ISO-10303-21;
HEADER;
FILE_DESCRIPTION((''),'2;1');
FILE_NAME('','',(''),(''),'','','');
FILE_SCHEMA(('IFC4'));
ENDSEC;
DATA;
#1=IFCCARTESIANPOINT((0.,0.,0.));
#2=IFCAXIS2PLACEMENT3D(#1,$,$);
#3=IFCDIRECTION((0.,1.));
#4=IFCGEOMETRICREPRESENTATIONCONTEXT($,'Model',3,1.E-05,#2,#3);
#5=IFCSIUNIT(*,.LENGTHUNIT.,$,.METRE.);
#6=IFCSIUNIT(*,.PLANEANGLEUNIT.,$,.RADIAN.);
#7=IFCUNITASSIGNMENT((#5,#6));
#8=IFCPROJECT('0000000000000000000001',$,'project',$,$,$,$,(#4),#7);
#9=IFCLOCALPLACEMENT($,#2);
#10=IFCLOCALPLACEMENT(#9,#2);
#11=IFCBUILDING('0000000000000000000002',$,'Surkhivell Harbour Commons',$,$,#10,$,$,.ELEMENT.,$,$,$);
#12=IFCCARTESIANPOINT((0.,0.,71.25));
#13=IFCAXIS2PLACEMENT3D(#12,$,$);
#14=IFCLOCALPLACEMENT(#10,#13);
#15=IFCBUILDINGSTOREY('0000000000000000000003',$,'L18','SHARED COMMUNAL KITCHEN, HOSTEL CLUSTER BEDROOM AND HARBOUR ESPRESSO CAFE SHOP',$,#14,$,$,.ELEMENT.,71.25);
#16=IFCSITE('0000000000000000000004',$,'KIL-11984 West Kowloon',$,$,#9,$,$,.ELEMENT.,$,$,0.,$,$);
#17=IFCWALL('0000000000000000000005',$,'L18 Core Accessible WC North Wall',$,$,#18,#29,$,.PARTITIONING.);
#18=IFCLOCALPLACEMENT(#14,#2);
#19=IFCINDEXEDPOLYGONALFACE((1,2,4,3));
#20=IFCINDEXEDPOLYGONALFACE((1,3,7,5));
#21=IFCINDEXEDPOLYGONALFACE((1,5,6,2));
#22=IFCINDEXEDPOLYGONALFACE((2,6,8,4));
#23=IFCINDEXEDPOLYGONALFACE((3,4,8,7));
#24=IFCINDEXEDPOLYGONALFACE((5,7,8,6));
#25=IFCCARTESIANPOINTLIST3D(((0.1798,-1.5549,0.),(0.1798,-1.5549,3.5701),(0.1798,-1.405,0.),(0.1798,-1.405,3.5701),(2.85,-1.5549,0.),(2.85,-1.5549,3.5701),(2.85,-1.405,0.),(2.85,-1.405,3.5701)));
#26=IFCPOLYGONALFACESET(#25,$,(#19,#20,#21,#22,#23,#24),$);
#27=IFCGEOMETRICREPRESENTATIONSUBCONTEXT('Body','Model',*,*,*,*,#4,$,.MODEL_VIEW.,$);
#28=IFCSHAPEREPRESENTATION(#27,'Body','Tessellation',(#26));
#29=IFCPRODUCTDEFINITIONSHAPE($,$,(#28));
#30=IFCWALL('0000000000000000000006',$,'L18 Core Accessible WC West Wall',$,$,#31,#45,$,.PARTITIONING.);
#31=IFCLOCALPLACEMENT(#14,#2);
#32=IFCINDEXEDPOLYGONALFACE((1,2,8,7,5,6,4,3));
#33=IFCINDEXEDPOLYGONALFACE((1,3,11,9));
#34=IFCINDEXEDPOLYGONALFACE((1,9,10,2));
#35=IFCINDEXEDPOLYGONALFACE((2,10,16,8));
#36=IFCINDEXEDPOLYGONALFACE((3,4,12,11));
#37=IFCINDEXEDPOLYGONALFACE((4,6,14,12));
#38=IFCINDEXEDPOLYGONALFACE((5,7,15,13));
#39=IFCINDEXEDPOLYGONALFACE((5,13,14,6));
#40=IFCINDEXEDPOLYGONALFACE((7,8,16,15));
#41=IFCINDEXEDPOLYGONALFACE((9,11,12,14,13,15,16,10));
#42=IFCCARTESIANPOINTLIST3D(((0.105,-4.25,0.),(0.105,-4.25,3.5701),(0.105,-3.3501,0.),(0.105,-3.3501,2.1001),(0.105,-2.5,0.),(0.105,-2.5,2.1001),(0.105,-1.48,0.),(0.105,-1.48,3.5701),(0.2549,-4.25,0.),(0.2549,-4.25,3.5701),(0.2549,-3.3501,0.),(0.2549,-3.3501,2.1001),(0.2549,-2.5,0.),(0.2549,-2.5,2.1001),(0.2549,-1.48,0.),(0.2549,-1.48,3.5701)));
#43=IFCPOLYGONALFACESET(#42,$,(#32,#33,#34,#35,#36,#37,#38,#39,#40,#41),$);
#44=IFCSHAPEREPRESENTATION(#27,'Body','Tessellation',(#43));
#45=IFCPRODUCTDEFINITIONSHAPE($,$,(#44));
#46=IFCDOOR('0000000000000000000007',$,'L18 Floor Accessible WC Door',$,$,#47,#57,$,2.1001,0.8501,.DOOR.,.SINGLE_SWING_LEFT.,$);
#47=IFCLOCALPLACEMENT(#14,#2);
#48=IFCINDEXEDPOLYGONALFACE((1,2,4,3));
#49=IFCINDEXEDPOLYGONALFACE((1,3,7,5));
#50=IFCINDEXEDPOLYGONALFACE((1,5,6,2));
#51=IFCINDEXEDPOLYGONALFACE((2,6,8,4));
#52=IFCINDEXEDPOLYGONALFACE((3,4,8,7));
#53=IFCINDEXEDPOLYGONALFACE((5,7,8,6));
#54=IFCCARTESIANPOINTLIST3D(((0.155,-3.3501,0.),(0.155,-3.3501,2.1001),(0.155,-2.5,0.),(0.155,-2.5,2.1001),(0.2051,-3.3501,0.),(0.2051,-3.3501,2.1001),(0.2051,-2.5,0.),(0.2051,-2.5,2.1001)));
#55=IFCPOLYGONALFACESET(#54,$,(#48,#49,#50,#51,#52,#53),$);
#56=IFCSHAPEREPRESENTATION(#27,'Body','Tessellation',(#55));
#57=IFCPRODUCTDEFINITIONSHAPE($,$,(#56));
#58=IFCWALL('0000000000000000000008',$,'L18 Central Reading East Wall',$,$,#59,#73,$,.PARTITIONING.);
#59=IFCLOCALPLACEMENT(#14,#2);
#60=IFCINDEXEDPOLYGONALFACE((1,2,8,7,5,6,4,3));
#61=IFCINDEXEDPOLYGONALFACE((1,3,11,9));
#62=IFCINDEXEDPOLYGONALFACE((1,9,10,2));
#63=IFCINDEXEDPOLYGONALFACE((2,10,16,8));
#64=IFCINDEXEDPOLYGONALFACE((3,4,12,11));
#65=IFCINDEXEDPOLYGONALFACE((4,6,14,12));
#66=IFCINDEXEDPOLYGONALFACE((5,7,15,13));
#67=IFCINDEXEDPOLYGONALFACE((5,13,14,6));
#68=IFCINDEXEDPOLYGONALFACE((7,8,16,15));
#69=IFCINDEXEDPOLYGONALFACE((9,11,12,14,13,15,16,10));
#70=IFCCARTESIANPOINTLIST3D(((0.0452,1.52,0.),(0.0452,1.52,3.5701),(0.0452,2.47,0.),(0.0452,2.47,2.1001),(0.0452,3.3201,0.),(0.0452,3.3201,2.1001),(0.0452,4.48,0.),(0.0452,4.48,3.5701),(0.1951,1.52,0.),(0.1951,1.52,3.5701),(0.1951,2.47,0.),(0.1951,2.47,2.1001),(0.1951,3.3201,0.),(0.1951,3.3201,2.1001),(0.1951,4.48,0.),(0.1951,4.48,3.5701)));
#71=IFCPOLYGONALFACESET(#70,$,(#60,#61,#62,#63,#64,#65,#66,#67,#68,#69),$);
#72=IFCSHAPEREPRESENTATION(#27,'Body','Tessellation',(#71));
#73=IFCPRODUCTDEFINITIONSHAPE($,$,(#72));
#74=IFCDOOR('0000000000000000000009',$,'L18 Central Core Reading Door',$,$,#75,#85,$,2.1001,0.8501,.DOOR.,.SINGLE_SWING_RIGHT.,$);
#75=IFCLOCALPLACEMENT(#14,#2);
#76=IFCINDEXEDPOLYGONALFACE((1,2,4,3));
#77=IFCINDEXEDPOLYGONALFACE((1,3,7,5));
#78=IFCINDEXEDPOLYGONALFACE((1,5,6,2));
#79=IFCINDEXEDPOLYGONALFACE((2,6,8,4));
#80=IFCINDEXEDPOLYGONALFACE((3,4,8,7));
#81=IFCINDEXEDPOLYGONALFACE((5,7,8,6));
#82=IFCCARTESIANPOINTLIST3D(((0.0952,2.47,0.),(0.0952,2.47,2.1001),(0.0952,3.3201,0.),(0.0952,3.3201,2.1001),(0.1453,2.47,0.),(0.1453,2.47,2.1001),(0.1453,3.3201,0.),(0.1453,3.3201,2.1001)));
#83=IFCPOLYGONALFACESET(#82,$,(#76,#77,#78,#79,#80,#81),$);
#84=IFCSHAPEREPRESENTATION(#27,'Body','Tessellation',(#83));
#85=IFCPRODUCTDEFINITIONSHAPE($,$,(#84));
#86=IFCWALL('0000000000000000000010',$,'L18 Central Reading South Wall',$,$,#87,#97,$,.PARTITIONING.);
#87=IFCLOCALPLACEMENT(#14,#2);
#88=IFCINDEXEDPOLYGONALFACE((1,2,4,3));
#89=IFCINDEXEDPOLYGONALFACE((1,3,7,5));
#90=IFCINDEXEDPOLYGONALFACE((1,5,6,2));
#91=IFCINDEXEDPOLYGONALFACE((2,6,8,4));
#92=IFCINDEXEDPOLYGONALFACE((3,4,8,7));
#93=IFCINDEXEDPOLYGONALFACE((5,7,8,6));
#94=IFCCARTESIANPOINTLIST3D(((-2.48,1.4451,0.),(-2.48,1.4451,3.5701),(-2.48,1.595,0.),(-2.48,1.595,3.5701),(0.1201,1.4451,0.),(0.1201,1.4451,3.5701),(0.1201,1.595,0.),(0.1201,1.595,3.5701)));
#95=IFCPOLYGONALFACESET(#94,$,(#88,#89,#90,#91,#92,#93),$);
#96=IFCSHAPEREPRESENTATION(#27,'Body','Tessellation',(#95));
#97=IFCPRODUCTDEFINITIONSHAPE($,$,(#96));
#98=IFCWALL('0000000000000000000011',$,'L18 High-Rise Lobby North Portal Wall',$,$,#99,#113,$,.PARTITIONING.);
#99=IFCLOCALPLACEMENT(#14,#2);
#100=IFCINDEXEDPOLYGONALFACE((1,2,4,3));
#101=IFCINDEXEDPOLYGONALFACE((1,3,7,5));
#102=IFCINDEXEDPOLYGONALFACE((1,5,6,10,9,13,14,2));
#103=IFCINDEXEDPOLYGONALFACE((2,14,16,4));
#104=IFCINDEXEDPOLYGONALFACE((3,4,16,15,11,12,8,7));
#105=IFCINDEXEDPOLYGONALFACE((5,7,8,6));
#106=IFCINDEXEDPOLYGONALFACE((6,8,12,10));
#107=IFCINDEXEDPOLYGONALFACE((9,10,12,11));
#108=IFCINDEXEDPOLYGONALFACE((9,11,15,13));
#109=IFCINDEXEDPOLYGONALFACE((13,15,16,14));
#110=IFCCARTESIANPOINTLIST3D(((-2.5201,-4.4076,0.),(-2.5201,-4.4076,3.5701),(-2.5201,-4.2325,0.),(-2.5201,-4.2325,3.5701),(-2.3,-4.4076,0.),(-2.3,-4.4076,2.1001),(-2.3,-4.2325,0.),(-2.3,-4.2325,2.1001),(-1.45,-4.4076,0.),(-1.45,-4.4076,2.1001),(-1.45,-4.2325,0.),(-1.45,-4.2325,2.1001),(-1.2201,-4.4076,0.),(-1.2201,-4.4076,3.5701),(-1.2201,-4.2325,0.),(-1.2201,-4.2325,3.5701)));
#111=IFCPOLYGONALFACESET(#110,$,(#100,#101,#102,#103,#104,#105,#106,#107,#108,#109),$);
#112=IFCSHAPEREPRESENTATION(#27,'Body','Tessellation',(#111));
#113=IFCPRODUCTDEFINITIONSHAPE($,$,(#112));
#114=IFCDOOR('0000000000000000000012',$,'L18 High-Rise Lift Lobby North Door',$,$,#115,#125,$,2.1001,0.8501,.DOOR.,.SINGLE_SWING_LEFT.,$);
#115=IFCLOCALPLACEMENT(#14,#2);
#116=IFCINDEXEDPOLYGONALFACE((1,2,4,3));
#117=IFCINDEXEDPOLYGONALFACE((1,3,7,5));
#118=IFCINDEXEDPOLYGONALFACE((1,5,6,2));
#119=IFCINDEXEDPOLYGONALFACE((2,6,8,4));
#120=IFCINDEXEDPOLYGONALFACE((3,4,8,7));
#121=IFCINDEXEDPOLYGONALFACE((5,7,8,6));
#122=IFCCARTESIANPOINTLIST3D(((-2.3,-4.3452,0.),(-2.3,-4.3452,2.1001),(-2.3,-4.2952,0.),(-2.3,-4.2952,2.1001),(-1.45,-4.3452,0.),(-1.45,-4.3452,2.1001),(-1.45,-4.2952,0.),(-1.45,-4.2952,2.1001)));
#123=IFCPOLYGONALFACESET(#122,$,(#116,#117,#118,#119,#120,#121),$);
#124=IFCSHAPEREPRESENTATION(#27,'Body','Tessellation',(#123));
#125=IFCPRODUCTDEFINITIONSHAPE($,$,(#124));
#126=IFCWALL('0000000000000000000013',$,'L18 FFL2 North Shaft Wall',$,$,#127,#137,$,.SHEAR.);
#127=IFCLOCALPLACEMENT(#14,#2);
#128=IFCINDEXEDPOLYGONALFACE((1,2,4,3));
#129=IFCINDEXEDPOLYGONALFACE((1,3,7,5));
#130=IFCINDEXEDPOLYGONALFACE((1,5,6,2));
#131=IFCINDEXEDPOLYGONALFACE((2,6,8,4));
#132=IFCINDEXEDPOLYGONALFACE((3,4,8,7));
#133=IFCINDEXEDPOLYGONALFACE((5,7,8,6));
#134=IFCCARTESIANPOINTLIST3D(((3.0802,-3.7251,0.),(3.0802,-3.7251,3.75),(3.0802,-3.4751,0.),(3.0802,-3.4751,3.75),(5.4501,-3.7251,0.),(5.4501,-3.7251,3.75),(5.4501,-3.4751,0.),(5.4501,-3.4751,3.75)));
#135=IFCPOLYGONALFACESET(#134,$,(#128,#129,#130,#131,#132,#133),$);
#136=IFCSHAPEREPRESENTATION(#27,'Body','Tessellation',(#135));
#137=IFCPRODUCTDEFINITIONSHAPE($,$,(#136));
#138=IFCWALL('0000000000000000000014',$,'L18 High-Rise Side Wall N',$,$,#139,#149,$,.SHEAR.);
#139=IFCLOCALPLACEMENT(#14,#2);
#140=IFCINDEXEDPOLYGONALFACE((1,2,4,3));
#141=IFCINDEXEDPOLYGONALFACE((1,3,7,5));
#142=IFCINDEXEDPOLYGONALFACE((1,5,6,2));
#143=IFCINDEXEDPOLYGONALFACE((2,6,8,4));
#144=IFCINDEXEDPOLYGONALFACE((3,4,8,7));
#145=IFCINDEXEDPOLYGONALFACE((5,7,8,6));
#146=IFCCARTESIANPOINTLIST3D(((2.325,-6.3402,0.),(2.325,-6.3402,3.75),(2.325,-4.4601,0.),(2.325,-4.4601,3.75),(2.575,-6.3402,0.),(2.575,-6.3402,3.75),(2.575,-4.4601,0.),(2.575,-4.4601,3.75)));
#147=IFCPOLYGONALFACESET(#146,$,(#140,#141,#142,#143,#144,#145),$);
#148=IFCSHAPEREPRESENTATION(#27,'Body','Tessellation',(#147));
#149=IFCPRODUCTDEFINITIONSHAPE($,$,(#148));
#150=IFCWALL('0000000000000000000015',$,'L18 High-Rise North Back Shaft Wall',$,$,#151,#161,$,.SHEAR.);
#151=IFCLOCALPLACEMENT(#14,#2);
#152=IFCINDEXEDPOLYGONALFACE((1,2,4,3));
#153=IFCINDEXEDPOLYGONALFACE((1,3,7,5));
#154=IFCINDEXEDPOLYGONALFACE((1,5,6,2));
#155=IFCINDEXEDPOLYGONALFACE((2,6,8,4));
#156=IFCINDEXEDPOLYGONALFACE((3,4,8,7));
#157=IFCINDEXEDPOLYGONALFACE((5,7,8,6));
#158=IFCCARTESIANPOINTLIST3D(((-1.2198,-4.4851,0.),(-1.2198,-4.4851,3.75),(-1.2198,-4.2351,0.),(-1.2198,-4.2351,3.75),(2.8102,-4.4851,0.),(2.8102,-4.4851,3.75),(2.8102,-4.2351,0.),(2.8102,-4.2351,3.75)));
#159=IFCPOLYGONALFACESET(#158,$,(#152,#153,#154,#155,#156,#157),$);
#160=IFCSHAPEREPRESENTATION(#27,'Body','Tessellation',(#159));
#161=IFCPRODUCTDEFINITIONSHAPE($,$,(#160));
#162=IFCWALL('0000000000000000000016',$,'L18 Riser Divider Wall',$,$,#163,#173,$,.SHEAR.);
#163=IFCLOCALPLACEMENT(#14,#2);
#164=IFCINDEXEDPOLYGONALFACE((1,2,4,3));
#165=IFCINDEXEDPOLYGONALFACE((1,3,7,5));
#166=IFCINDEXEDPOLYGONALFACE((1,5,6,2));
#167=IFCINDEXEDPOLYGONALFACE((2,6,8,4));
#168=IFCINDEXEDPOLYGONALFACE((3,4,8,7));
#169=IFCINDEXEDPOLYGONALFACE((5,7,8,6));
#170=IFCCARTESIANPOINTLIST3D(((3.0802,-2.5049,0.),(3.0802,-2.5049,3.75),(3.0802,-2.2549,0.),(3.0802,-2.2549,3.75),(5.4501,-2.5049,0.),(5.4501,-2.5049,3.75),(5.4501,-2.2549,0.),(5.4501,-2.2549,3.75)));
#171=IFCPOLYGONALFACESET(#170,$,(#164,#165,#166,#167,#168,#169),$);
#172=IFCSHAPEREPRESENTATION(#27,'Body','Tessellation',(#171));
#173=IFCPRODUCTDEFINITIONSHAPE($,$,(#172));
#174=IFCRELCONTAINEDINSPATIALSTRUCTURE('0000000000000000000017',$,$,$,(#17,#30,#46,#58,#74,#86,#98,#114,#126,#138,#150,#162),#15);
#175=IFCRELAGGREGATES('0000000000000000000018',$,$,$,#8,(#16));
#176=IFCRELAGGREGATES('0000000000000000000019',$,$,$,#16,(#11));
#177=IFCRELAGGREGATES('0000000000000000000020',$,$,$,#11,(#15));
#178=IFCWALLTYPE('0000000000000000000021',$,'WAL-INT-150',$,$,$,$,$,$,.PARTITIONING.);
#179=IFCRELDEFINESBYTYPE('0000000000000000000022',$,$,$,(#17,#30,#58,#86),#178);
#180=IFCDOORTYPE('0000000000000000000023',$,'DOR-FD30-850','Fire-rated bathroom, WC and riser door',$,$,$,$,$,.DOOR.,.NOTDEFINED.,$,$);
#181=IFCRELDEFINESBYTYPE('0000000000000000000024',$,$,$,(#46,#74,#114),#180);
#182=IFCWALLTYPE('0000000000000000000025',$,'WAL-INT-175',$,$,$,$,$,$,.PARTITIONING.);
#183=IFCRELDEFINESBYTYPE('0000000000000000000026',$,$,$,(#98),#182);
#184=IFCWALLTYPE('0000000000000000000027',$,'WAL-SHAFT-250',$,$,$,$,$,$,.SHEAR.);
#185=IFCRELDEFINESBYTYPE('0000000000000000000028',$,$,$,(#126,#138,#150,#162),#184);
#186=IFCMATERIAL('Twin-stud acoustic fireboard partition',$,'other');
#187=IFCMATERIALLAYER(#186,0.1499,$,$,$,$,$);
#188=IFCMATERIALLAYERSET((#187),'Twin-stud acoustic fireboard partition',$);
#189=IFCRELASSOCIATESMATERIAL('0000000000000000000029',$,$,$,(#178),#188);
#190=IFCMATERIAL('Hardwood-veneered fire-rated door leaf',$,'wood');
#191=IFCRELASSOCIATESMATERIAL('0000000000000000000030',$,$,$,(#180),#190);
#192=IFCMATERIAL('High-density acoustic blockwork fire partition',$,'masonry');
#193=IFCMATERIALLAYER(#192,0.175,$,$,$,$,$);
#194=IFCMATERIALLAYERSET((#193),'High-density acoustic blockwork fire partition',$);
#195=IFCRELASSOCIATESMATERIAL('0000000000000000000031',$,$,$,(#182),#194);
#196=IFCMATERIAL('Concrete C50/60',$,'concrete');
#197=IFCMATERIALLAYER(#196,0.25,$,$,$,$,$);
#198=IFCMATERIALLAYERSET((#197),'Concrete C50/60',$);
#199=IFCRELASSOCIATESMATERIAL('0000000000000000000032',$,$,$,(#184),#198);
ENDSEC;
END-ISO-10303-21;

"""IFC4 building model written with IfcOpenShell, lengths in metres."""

from ifc_helpers import new_model, si_unit, direction, frame, frame_2d, origin, place, context, subcontext, project, spatial, rectangle, extrude, material, layer, layer_set, type_object, element, fill, save


model = new_model("IFC4")

# Units and contexts
model_context = context("Model", 3, precision=1e-05, world=origin(), true_north=direction((0.0, 1.0)))
body_context = subcontext(model_context, "Body", "Model", "MODEL_VIEW")
ifc_project = project(units=[si_unit("LENGTHUNIT", "METRE"), si_unit("PLANEANGLEUNIT", "RADIAN")], contexts=[model_context])

# Site, building, storey
site_placement = place(None, origin())
site = spatial("IfcSite", under=ifc_project, at=site_placement, Name="KIL-11984 West Kowloon", CompositionType="ELEMENT", RefElevation=0.0)
building_placement = place(site_placement, origin())
building = spatial("IfcBuilding", under=site, at=building_placement, Name="Surkhivell Harbour Commons", CompositionType="ELEMENT")
storey_placement = place(building_placement, frame((0.0, 0.0, 71.25)))
storey = spatial("IfcBuildingStorey", under=building, at=storey_placement, Name="L18", Description="SHARED COMMUNAL KITCHEN, HOSTEL CLUSTER BEDROOM AND HARBOUR ESPRESSO CAFE SHOP", CompositionType="ELEMENT", Elevation=71.25)

# Wall
ifc_material_1 = material(Name="Twin-stud acoustic fireboard partition", Category="other")
ifc_layer_1 = layer(ifc_material_1, 0.1499)
ifc_layer_set_1 = layer_set([ifc_layer_1], Name="Twin-stud acoustic fireboard partition")
wall_type_1 = type_object("IfcWallType", Name="WAL-INT-150", PredefinedType="PARTITIONING", material=ifc_layer_set_1)
wall_1_placement = place(storey_placement, frame((0.1799, -1.48, 0.0), z_axis=(0.0, 0.0, 1.0), x_axis=(1.0, 0.0, 0.0)))
element("IfcWall", 1, at=wall_1_placement, inside=storey, type_object=wall_type_1, Name="L18 Core Accessible WC North Wall", PredefinedType="PARTITIONING", context=body_context, shape_type="SweptSolid", body=[
    extrude(rectangle(XDim=2.6702, YDim=0.1499, at=frame_2d((1.335, 0.0))), origin(), (0.0, 0.0, 1.0), 3.5701),
])

# Walls, openings, doors
wall_2_placement = place(storey_placement, frame((0.1799, -4.25, 0.0), z_axis=(0.0, 0.0, 1.0), x_axis=(0.0, 1.0, 0.0)))
wall_2 = element("IfcWall", 2, at=wall_2_placement, inside=storey, type_object=wall_type_1, Name="L18 Core Accessible WC West Wall", PredefinedType="PARTITIONING", context=body_context, shape_type="SweptSolid", body=[
    extrude(rectangle(XDim=2.77, YDim=0.1499, at=frame_2d((1.385, 0.0))), origin(), (0.0, 0.0, 1.0), 3.5701),
])
opening_1_placement = place(wall_2_placement, frame((0.8999, 0.0, 0.0)))
opening_1 = element("IfcOpeningElement", 3, at=opening_1_placement, cuts=wall_2, PredefinedType="OPENING", context=body_context, shape_type="SweptSolid", body=[
    extrude(rectangle(XDim=0.8501, YDim=2.1001, at=frame_2d((0.425, 1.05))), frame((0.0, 0.085, 0.0), z_axis=(0.0, -1.0, 0.0), x_axis=(1.0, 0.0, 0.0)), (0.0, 0.0, 1.0), 0.1699),
])
ifc_material_2 = material(Name="Hardwood-veneered fire-rated door leaf", Category="wood")
door_type = type_object("IfcDoorType", Name="DOR-FD30-850", Description="Fire-rated bathroom, WC and riser door", OperationType="NOTDEFINED", PredefinedType="DOOR", material=ifc_material_2)
door_1_placement = place(opening_1_placement, origin())
door_1 = element("IfcDoor", 4, at=door_1_placement, inside=storey, type_object=door_type, Name="L18 Floor Accessible WC Door", OperationType="SINGLE_SWING_LEFT", OverallHeight=2.1001, OverallWidth=0.8501, PredefinedType="DOOR", context=body_context, shape_type="SweptSolid", body=[
    extrude(rectangle(XDim=0.8501, YDim=2.1001, at=frame_2d((0.425, 1.05))), frame((0.0, 0.0249, 0.0), z_axis=(0.0, -1.0, 0.0), x_axis=(1.0, 0.0, 0.0)), (0.0, 0.0, 1.0), 0.05),
])
fill(opening_1, door_1)
wall_3_placement = place(storey_placement, frame((0.1201, 1.52, 0.0), z_axis=(0.0, 0.0, 1.0), x_axis=(0.0, 1.0, 0.0)))
wall_3 = element("IfcWall", 5, at=wall_3_placement, inside=storey, type_object=wall_type_1, Name="L18 Central Reading East Wall", PredefinedType="PARTITIONING", context=body_context, shape_type="SweptSolid", body=[
    extrude(rectangle(XDim=2.96, YDim=0.1499, at=frame_2d((1.48, 0.0))), origin(), (0.0, 0.0, 1.0), 3.5701),
])
opening_2_placement = place(wall_3_placement, frame((0.95, 0.0, 0.0)))
opening_2 = element("IfcOpeningElement", 6, at=opening_2_placement, cuts=wall_3, PredefinedType="OPENING", context=body_context, shape_type="SweptSolid", body=[
    extrude(rectangle(XDim=0.8501, YDim=2.1001, at=frame_2d((0.425, 1.05))), frame((0.0, 0.085, 0.0), z_axis=(0.0, -1.0, 0.0), x_axis=(1.0, 0.0, 0.0)), (0.0, 0.0, 1.0), 0.1699),
])
door_2_placement = place(opening_2_placement, origin())
door_2 = element("IfcDoor", 7, at=door_2_placement, inside=storey, type_object=door_type, Name="L18 Central Core Reading Door", OperationType="SINGLE_SWING_RIGHT", OverallHeight=2.1001, OverallWidth=0.8501, PredefinedType="DOOR", context=body_context, shape_type="SweptSolid", body=[
    extrude(rectangle(XDim=0.8501, YDim=2.1001, at=frame_2d((0.425, 1.05))), frame((0.0, 0.0249, 0.0), z_axis=(0.0, -1.0, 0.0), x_axis=(1.0, 0.0, 0.0)), (0.0, 0.0, 1.0), 0.05),
])
fill(opening_2, door_2)

# Wall
wall_4_placement = place(storey_placement, frame((-2.48, 1.52, 0.0), z_axis=(0.0, 0.0, 1.0), x_axis=(1.0, 0.0, 0.0)))
element("IfcWall", 8, at=wall_4_placement, inside=storey, type_object=wall_type_1, Name="L18 Central Reading South Wall", PredefinedType="PARTITIONING", context=body_context, shape_type="SweptSolid", body=[
    extrude(rectangle(XDim=2.6001, YDim=0.1499, at=frame_2d((1.3, 0.0))), origin(), (0.0, 0.0, 1.0), 3.5701),
])

# Wall, opening, door
ifc_material_3 = material(Name="High-density acoustic blockwork fire partition", Category="masonry")
ifc_layer_2 = layer(ifc_material_3, 0.175)
ifc_layer_set_2 = layer_set([ifc_layer_2], Name="High-density acoustic blockwork fire partition")
wall_type_2 = type_object("IfcWallType", Name="WAL-INT-175", PredefinedType="PARTITIONING", material=ifc_layer_set_2)
wall_5_placement = place(storey_placement, frame((-2.52, -4.3201, 0.0), z_axis=(0.0, 0.0, 1.0), x_axis=(1.0, 0.0, 0.0)))
wall_5 = element("IfcWall", 9, at=wall_5_placement, inside=storey, type_object=wall_type_2, Name="L18 High-Rise Lobby North Portal Wall", PredefinedType="PARTITIONING", context=body_context, shape_type="SweptSolid", body=[
    extrude(rectangle(XDim=1.3, YDim=0.175, at=frame_2d((0.6499, 0.0))), origin(), (0.0, 0.0, 1.0), 3.5701),
])
opening_3_placement = place(wall_5_placement, frame((0.22, 0.0, 0.0)))
opening_3 = element("IfcOpeningElement", 10, at=opening_3_placement, cuts=wall_5, PredefinedType="OPENING", context=body_context, shape_type="SweptSolid", body=[
    extrude(rectangle(XDim=0.8501, YDim=2.1001, at=frame_2d((0.425, 1.05))), frame((0.0, 0.0974, 0.0), z_axis=(0.0, -1.0, 0.0), x_axis=(1.0, 0.0, 0.0)), (0.0, 0.0, 1.0), 0.1951),
])
door_3_placement = place(opening_3_placement, origin())
door_3 = element("IfcDoor", 11, at=door_3_placement, inside=storey, type_object=door_type, Name="L18 High-Rise Lift Lobby North Door", OperationType="SINGLE_SWING_LEFT", OverallHeight=2.1001, OverallWidth=0.8501, PredefinedType="DOOR", context=body_context, shape_type="SweptSolid", body=[
    extrude(rectangle(XDim=0.8501, YDim=2.1001, at=frame_2d((0.425, 1.05))), frame((0.0, 0.0249, 0.0), z_axis=(0.0, -1.0, 0.0), x_axis=(1.0, 0.0, 0.0)), (0.0, 0.0, 1.0), 0.05),
])
fill(opening_3, door_3)

# Walls
ifc_material_4 = material(Name="Concrete C50/60", Category="concrete")
ifc_layer_3 = layer(ifc_material_4, 0.25)
ifc_layer_set_3 = layer_set([ifc_layer_3], Name="Concrete C50/60")
wall_type_3 = type_object("IfcWallType", Name="WAL-SHAFT-250", PredefinedType="SHEAR", material=ifc_layer_set_3)
wall_6_placement = place(storey_placement, frame((3.0801, -3.6001, 0.0), z_axis=(0.0, 0.0, 1.0), x_axis=(1.0, 0.0, 0.0)))
element("IfcWall", 12, at=wall_6_placement, inside=storey, type_object=wall_type_3, Name="L18 FFL2 North Shaft Wall", PredefinedType="SHEAR", context=body_context, shape_type="SweptSolid", body=[
    extrude(rectangle(XDim=2.3699, YDim=0.25, at=frame_2d((1.1851, 0.0))), origin(), (0.0, 0.0, 1.0), 3.75),
])
wall_7_placement = place(storey_placement, frame((2.45, -6.3401, 0.0), z_axis=(0.0, 0.0, 1.0), x_axis=(0.0, 1.0, 0.0)))
element("IfcWall", 13, at=wall_7_placement, inside=storey, type_object=wall_type_3, Name="L18 High-Rise Side Wall N", PredefinedType="SHEAR", context=body_context, shape_type="SweptSolid", body=[
    extrude(rectangle(XDim=1.8801, YDim=0.25, at=frame_2d((0.9399, 0.0))), origin(), (0.0, 0.0, 1.0), 3.75),
])
wall_8_placement = place(storey_placement, frame((-1.22, -4.3601, 0.0), z_axis=(0.0, 0.0, 1.0), x_axis=(1.0, 0.0, 0.0)))
element("IfcWall", 14, at=wall_8_placement, inside=storey, type_object=wall_type_3, Name="L18 High-Rise North Back Shaft Wall", PredefinedType="SHEAR", context=body_context, shape_type="SweptSolid", body=[
    extrude(rectangle(XDim=4.03, YDim=0.25, at=frame_2d((2.0151, 0.0))), origin(), (0.0, 0.0, 1.0), 3.75),
])
for number, where, z_axis, x_axis, name in (
    (15, (3.0801, -2.3799, 0.0), (0.0, 0.0, 1.0), (1.0, 0.0, 0.0), "L18 Riser Divider Wall"),
):
    element("IfcWall", number, at=place(storey_placement, frame(where, z_axis=z_axis, x_axis=x_axis)), inside=storey, type_object=wall_type_3, Name=name, PredefinedType="SHEAR", context=body_context, shape_type="SweptSolid", body=[
        extrude(rectangle(XDim=2.3699, YDim=0.25, at=frame_2d((1.1851, 0.0))), origin(), (0.0, 0.0, 1.0), 3.75),
    ])

save(model, "model.ifc")
